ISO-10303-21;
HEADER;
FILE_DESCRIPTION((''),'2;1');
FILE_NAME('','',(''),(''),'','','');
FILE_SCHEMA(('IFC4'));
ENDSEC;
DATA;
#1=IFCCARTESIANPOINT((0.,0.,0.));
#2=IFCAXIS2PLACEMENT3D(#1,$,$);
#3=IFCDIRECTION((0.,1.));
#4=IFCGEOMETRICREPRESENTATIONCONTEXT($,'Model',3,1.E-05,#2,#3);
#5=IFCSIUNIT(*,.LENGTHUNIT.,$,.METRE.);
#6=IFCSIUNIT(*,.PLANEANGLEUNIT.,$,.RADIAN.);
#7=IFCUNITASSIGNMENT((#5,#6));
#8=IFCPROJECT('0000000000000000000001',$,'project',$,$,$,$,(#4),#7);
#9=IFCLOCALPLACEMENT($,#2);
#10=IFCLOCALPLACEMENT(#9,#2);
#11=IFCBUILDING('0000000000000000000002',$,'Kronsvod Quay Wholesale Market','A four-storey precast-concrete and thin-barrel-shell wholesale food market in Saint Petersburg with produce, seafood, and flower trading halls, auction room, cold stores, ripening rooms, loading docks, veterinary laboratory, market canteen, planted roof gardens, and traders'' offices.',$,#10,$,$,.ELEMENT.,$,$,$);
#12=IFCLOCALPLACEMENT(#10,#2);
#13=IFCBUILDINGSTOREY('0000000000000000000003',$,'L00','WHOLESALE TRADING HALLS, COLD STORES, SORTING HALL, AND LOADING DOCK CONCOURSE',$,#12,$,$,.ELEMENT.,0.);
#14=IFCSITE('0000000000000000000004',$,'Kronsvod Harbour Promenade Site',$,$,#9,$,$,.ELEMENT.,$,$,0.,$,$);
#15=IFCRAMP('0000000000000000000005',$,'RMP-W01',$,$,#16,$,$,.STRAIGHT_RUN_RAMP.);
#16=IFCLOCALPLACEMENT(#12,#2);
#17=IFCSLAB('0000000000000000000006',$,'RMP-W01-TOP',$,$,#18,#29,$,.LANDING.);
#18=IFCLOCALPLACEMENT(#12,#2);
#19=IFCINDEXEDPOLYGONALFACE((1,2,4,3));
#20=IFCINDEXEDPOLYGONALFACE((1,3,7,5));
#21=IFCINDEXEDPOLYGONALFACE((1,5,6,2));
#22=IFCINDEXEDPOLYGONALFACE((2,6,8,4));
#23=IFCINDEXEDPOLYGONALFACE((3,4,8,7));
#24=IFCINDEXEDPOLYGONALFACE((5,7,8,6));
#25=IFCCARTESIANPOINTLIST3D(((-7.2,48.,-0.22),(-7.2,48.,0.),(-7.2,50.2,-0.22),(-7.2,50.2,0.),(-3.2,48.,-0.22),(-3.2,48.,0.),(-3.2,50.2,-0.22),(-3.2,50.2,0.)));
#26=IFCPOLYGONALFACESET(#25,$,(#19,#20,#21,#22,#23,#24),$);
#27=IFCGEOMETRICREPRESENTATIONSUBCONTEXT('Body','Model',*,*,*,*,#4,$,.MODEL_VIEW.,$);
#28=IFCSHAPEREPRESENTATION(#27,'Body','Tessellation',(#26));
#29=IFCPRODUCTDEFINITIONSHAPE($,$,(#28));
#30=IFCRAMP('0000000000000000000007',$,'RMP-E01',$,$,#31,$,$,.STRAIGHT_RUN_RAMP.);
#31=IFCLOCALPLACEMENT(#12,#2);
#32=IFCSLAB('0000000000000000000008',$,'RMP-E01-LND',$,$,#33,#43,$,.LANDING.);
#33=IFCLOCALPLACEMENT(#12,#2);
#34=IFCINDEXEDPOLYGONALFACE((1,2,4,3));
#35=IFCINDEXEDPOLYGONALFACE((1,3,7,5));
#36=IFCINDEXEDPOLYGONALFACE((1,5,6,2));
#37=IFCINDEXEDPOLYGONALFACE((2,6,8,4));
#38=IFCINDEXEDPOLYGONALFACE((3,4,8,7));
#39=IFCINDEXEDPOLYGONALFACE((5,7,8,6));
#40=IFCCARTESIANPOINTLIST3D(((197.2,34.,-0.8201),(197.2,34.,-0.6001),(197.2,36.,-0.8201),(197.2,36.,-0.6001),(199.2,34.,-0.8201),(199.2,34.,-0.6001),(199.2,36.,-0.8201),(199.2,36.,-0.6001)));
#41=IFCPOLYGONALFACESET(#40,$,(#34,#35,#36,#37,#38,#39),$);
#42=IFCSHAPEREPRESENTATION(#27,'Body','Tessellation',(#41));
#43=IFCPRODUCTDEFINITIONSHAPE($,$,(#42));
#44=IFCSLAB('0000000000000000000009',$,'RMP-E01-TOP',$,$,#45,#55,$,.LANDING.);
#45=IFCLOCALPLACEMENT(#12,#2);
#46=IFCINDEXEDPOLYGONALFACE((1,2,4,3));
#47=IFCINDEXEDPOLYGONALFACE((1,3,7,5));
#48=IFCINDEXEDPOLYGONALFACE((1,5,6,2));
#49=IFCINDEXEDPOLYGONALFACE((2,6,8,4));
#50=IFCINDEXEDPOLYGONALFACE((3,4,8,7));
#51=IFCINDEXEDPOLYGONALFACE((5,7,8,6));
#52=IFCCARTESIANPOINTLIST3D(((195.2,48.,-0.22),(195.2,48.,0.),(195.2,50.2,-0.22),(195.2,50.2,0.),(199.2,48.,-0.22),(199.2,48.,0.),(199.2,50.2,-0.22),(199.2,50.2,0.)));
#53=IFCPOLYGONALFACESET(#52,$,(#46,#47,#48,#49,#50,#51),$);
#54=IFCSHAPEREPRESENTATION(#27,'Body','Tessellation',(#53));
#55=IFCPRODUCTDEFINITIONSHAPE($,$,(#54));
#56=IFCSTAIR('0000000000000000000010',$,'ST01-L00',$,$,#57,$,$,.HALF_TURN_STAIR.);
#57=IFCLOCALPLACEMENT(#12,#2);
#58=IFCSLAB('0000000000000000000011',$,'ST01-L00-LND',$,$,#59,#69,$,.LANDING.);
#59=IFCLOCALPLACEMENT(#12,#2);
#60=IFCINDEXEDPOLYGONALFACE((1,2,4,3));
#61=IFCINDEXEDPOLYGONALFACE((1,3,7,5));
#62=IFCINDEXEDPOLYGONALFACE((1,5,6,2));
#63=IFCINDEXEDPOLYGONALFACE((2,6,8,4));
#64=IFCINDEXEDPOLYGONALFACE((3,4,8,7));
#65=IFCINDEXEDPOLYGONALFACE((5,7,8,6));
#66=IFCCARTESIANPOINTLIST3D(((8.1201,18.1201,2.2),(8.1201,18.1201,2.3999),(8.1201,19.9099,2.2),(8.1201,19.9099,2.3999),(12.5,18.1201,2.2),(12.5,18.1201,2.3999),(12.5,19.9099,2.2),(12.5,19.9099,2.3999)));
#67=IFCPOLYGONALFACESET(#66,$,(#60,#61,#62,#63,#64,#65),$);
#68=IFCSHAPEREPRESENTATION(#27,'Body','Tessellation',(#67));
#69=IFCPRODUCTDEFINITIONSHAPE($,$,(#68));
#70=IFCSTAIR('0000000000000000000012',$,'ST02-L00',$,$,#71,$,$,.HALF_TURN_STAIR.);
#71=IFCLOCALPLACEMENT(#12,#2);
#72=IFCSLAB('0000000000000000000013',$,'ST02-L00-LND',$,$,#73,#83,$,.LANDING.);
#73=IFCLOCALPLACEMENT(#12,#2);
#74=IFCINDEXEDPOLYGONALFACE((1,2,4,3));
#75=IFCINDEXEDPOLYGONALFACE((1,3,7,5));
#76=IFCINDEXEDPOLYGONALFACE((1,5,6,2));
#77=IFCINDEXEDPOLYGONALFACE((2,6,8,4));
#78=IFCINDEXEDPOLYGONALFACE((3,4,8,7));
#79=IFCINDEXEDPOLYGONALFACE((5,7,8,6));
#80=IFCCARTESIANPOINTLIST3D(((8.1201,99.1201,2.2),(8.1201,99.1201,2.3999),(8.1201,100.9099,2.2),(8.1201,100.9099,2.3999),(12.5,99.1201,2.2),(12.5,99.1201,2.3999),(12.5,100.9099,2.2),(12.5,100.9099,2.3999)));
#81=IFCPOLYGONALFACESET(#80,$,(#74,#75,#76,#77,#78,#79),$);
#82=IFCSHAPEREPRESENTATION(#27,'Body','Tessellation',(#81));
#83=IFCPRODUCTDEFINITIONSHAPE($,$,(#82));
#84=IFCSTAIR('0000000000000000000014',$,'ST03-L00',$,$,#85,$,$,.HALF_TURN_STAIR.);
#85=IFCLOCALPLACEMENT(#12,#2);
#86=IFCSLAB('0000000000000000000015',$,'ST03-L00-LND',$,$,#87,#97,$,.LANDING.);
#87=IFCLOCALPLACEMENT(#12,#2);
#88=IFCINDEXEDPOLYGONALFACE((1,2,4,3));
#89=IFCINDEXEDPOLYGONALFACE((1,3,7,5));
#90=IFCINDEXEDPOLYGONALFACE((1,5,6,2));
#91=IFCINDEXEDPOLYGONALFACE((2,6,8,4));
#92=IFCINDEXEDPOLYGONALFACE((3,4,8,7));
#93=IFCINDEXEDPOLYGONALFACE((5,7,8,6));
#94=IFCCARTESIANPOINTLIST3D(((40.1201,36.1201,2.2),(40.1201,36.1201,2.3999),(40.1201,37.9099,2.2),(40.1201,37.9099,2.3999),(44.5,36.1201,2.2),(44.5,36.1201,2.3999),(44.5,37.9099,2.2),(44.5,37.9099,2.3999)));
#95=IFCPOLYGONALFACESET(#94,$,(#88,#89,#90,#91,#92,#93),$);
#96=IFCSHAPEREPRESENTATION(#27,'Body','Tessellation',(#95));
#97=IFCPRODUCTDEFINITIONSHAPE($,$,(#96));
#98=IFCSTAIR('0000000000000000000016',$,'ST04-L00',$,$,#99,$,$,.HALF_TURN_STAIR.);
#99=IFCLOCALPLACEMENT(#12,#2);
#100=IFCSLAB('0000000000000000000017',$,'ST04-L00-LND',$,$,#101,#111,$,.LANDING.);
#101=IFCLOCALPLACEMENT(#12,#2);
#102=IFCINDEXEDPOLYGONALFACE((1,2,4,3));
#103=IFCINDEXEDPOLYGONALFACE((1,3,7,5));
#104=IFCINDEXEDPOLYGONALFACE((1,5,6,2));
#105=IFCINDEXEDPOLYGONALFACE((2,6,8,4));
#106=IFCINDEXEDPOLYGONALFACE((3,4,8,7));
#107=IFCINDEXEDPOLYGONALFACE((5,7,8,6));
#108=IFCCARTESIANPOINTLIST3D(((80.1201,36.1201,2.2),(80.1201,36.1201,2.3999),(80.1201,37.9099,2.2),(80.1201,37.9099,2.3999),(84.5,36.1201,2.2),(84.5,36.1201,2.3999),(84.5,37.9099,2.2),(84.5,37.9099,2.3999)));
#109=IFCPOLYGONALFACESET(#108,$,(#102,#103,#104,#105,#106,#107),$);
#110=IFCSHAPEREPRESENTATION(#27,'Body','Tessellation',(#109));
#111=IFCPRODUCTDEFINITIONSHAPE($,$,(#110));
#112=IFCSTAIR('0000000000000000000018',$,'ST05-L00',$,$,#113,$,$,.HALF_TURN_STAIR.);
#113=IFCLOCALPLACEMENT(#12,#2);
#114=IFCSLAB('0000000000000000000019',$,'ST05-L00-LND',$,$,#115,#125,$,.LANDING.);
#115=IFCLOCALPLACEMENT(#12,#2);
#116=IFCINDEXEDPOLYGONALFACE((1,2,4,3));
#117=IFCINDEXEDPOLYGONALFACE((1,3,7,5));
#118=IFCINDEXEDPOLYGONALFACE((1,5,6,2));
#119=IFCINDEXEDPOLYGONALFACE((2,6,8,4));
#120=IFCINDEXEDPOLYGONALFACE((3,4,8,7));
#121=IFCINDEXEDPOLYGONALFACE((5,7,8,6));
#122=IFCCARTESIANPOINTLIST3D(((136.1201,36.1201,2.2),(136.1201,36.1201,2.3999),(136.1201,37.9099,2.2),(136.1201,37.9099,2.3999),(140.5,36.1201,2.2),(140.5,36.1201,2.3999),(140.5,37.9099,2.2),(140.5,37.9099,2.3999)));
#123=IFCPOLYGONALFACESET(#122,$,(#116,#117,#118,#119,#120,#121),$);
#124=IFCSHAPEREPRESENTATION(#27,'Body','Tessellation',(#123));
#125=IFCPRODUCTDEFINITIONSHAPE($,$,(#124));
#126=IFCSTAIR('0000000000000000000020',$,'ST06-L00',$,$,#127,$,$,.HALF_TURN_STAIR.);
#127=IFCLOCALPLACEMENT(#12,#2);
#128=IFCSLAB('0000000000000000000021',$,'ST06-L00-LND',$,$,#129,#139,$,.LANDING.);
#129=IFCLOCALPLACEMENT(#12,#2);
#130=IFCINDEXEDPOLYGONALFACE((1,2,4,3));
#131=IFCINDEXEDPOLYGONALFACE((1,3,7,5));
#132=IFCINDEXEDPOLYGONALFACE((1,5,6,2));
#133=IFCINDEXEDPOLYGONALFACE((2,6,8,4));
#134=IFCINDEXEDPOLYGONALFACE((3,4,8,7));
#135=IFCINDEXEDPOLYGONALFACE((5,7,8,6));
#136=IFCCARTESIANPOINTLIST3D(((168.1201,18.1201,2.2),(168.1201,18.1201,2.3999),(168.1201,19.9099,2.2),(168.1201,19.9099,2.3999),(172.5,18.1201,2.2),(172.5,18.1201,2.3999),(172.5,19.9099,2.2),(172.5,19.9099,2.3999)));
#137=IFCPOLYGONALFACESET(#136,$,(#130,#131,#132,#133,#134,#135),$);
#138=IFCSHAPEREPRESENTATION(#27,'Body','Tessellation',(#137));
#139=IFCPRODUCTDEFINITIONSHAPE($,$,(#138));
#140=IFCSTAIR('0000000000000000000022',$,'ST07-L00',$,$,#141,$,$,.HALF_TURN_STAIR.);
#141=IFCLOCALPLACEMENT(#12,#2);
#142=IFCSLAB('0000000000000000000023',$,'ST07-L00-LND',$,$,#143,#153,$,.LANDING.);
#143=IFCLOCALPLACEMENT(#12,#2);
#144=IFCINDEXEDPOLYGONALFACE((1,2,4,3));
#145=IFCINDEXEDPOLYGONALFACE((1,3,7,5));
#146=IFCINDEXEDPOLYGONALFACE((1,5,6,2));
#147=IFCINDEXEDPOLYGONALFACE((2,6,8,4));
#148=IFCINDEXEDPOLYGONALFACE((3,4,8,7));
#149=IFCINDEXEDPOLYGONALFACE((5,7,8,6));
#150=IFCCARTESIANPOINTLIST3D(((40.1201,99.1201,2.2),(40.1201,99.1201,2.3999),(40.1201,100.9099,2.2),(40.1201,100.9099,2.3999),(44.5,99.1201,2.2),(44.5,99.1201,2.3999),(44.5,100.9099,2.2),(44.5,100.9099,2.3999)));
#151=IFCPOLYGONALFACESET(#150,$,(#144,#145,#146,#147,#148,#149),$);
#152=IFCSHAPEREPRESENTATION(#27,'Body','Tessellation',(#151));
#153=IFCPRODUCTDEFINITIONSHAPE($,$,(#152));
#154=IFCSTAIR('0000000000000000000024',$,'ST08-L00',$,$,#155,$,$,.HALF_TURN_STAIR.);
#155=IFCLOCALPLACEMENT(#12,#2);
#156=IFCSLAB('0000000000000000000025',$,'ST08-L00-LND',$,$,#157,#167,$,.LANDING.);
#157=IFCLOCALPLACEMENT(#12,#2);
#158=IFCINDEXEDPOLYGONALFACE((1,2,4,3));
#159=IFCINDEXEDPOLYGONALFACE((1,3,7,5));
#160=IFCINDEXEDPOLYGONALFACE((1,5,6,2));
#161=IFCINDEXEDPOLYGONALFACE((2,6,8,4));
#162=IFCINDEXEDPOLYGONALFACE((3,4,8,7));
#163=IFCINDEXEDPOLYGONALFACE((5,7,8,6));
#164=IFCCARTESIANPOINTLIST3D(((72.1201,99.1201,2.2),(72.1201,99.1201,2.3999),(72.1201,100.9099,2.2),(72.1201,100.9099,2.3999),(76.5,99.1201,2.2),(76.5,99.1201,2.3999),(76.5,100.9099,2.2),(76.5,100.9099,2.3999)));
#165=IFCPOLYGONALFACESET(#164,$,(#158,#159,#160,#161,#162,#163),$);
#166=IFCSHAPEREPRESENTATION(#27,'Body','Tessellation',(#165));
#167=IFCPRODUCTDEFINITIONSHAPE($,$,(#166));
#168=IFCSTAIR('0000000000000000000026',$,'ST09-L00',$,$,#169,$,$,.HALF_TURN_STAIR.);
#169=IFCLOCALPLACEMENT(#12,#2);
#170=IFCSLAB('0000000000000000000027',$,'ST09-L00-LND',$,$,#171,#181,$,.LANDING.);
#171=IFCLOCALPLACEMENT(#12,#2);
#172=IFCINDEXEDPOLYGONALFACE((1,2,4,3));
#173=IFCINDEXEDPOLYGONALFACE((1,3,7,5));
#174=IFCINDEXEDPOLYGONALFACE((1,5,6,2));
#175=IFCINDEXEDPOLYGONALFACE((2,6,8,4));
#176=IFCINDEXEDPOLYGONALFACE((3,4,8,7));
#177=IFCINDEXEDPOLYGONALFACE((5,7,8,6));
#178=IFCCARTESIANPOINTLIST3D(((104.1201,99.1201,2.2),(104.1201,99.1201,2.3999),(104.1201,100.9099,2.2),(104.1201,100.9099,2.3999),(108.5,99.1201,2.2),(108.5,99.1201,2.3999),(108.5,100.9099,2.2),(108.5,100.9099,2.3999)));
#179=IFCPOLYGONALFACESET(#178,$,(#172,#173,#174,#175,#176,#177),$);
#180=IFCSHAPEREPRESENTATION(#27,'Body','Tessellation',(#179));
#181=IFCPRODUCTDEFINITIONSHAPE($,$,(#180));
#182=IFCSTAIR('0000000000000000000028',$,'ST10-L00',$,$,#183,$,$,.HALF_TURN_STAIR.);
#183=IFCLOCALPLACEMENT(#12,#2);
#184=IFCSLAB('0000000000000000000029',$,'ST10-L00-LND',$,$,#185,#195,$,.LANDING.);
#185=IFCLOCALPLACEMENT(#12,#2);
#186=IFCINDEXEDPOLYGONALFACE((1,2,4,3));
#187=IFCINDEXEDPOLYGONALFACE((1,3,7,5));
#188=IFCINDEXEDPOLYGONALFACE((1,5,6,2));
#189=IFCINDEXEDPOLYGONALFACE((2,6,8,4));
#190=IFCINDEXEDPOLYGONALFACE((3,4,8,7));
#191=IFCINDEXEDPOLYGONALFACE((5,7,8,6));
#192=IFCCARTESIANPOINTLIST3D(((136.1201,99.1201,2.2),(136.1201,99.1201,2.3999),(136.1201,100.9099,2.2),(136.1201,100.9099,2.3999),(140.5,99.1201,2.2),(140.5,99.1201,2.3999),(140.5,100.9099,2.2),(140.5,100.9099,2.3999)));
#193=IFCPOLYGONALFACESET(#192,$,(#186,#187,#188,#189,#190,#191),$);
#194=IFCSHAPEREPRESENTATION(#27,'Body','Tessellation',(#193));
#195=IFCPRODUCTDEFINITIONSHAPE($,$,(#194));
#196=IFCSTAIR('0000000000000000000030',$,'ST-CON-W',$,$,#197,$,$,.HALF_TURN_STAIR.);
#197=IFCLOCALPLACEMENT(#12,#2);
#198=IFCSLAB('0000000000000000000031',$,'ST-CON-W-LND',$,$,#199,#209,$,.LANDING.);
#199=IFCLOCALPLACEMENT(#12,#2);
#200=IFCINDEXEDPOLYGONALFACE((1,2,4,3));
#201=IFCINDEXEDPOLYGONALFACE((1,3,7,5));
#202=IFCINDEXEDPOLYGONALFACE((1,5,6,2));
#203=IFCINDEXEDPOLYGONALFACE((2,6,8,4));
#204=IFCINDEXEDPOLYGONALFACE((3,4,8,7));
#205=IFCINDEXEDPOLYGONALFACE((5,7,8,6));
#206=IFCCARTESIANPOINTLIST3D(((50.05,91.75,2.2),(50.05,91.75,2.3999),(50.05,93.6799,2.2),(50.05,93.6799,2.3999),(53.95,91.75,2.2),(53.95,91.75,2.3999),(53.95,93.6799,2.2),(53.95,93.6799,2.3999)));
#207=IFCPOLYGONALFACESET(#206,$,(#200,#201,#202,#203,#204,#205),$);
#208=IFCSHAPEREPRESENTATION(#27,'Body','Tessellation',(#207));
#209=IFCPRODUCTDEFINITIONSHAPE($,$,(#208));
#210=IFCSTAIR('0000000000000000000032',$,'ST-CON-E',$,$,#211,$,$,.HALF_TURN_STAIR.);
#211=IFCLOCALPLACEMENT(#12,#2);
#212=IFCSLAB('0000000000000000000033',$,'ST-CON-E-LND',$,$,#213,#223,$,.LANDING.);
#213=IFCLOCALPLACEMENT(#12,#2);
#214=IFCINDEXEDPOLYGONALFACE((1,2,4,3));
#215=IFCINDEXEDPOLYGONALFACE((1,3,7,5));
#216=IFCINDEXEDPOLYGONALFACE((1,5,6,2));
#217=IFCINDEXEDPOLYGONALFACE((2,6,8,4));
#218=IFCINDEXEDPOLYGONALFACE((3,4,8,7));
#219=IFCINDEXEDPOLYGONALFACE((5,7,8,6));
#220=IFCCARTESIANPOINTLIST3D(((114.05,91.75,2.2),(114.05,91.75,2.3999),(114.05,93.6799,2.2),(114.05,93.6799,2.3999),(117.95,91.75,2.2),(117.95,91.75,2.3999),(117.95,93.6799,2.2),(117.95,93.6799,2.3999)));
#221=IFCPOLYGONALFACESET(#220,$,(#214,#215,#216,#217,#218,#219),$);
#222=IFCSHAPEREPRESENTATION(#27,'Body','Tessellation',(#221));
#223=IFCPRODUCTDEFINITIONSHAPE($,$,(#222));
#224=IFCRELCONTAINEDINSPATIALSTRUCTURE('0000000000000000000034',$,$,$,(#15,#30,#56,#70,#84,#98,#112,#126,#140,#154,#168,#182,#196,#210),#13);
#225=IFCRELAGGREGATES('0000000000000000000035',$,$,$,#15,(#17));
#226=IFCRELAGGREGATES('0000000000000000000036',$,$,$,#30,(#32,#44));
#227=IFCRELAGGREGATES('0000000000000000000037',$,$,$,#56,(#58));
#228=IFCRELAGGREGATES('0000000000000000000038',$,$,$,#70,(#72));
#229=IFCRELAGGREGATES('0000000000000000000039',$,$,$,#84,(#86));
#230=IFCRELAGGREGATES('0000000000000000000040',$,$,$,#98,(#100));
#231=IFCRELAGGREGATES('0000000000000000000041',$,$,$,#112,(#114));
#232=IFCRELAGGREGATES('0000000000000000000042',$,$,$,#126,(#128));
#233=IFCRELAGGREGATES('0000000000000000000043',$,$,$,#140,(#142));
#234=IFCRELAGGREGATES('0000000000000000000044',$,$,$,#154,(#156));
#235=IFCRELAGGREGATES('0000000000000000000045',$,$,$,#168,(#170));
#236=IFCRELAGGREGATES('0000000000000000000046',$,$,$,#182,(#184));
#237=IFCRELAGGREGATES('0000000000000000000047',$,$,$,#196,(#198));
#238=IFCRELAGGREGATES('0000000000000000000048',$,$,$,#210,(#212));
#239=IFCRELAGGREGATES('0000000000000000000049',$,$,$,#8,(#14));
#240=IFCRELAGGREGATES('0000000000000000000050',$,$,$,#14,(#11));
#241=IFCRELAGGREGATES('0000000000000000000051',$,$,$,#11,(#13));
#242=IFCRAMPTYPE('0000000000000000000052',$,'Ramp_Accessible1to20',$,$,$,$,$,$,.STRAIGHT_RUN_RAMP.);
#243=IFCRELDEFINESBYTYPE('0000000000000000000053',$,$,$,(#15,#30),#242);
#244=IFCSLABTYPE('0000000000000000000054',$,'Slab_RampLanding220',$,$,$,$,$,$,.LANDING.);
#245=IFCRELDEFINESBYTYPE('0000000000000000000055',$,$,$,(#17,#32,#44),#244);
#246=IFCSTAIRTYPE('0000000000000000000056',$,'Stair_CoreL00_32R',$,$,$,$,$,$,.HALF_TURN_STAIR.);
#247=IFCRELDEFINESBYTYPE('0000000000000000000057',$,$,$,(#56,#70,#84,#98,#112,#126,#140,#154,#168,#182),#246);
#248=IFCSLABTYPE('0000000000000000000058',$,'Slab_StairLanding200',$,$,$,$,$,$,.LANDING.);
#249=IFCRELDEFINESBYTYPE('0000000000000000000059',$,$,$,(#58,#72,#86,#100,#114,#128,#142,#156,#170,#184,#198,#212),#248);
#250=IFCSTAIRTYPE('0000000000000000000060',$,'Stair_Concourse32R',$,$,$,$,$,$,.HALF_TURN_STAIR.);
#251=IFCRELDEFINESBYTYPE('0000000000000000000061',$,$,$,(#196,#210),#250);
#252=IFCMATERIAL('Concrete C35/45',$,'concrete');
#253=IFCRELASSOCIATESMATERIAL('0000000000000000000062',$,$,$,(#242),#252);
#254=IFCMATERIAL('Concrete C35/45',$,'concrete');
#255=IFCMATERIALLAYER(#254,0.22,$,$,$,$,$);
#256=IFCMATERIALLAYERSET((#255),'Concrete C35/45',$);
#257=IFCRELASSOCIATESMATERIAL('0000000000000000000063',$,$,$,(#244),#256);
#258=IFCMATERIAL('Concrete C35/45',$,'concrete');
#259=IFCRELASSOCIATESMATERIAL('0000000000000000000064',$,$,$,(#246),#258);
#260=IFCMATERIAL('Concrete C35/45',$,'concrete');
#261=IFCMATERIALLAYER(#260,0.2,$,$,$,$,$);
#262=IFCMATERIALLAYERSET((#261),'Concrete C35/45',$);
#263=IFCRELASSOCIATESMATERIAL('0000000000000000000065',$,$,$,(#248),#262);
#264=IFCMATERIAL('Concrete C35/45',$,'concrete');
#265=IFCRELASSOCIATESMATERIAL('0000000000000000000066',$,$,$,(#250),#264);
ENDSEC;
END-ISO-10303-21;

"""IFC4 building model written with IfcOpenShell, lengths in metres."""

from ifc_helpers import new_model, si_unit, direction, frame, origin, place, context, subcontext, project, spatial, polyline, outline, extrude, material, layer, layer_set, type_object, element, aggregate, save


model = new_model("IFC4")

# Units and contexts
model_context = context("Model", 3, precision=1e-05, world=origin(), true_north=direction((0.0, 1.0)))
body_context = subcontext(model_context, "Body", "Model", "MODEL_VIEW")
ifc_project = project(units=[si_unit("LENGTHUNIT", "METRE"), si_unit("PLANEANGLEUNIT", "RADIAN")], contexts=[model_context])

# Site, building, storey
site_placement = place(None, origin())
site = spatial("IfcSite", under=ifc_project, at=site_placement, Name="Kronsvod Harbour Promenade Site", CompositionType="ELEMENT", RefElevation=0.0)
building_placement = place(site_placement, origin())
building = spatial("IfcBuilding", under=site, at=building_placement, Name="Kronsvod Quay Wholesale Market", Description="A four-storey precast-concrete and thin-barrel-shell wholesale food market in Saint Petersburg with produce, seafood, and flower trading halls, auction room, cold stores, ripening rooms, loading docks, veterinary laboratory, market canteen, planted roof gardens, and traders' offices.", CompositionType="ELEMENT")
storey_placement = place(building_placement, origin())
storey = spatial("IfcBuildingStorey", under=building, at=storey_placement, Name="L00", Description="WHOLESALE TRADING HALLS, COLD STORES, SORTING HALL, AND LOADING DOCK CONCOURSE", CompositionType="ELEMENT", Elevation=0.0)

# Shared definitions
ifc_material_1 = material(Name="Concrete C35/45", Category="concrete")
ramp_type = type_object("IfcRampType", Name="Ramp_Accessible1to20", PredefinedType="STRAIGHT_RUN_RAMP", material=ifc_material_1)
ifc_material_2 = material(Name="Concrete C35/45", Category="concrete")
ifc_layer_1 = layer(ifc_material_2, 0.22)
ifc_layer_set_1 = layer_set([ifc_layer_1], Name="Concrete C35/45")
slab_type_1 = type_object("IfcSlabType", Name="Slab_RampLanding220", PredefinedType="LANDING", material=ifc_layer_set_1)

# Ramps, slabs
ramp_1_placement = place(storey_placement, origin())
ramp_1 = element("IfcRamp", 1, at=ramp_1_placement, inside=storey, type_object=ramp_type, Name="RMP-W01", PredefinedType="STRAIGHT_RUN_RAMP")
slab_1_placement = place(storey_placement, frame((0.0, 0.0, -0.22)))
slab_1 = element("IfcSlab", 2, at=slab_1_placement, type_object=slab_type_1, Name="RMP-W01-TOP", PredefinedType="LANDING", context=body_context, shape_type="SweptSolid", body=[
    extrude(outline(polyline([(-7.2, 48.0), (-3.2, 48.0), (-3.2, 50.2), (-7.2, 50.2), (-7.2, 48.0)])), origin(), (0.0, 0.0, 1.0), 0.22),
])
aggregate(ramp_1, [slab_1])
ramp_2_placement = place(storey_placement, origin())
ramp_2 = element("IfcRamp", 3, at=ramp_2_placement, inside=storey, type_object=ramp_type, Name="RMP-E01", PredefinedType="STRAIGHT_RUN_RAMP")
slab_2_placement = place(storey_placement, frame((0.0, 0.0, -0.8201)))
slab_2 = element("IfcSlab", 4, at=slab_2_placement, type_object=slab_type_1, Name="RMP-E01-LND", PredefinedType="LANDING", context=body_context, shape_type="SweptSolid", body=[
    extrude(outline(polyline([(199.2, 34.0), (199.2, 36.0), (197.2, 36.0), (197.2, 34.0), (199.2, 34.0)])), origin(), (0.0, 0.0, 1.0), 0.22),
])
slab_3_placement = place(storey_placement, frame((0.0, 0.0, -0.22)))
slab_3 = element("IfcSlab", 5, at=slab_3_placement, type_object=slab_type_1, Name="RMP-E01-TOP", PredefinedType="LANDING", context=body_context, shape_type="SweptSolid", body=[
    extrude(outline(polyline([(195.2, 48.0), (199.2, 48.0), (199.2, 50.2), (195.2, 50.2), (195.2, 48.0)])), origin(), (0.0, 0.0, 1.0), 0.22),
])
aggregate(ramp_2, [slab_2, slab_3])

# Stairs, slabs
ifc_material_3 = material(Name="Concrete C35/45", Category="concrete")
stair_type_1 = type_object("IfcStairType", Name="Stair_CoreL00_32R", PredefinedType="HALF_TURN_STAIR", material=ifc_material_3)
stair_1_placement = place(storey_placement, origin())
stair_1 = element("IfcStair", 6, at=stair_1_placement, inside=storey, type_object=stair_type_1, Name="ST01-L00", PredefinedType="HALF_TURN_STAIR")
ifc_material_4 = material(Name="Concrete C35/45", Category="concrete")
ifc_layer_2 = layer(ifc_material_4, 0.2)
ifc_layer_set_2 = layer_set([ifc_layer_2], Name="Concrete C35/45")
slab_type_2 = type_object("IfcSlabType", Name="Slab_StairLanding200", PredefinedType="LANDING", material=ifc_layer_set_2)
slab_4_placement = place(storey_placement, frame((0.0, 0.0, 2.2)))
slab_4 = element("IfcSlab", 7, at=slab_4_placement, type_object=slab_type_2, Name="ST01-L00-LND", PredefinedType="LANDING", context=body_context, shape_type="SweptSolid", body=[
    extrude(outline(polyline([(8.1201, 18.1201), (12.5, 18.1201), (12.5, 19.9099), (8.1201, 19.9099), (8.1201, 18.1201)])), origin(), (0.0, 0.0, 1.0), 0.2),
])
aggregate(stair_1, [slab_4])
stair_2_placement = place(storey_placement, origin())
stair_2 = element("IfcStair", 8, at=stair_2_placement, inside=storey, type_object=stair_type_1, Name="ST02-L00", PredefinedType="HALF_TURN_STAIR")
slab_5_placement = place(storey_placement, frame((0.0, 0.0, 2.2)))
slab_5 = element("IfcSlab", 9, at=slab_5_placement, type_object=slab_type_2, Name="ST02-L00-LND", PredefinedType="LANDING", context=body_context, shape_type="SweptSolid", body=[
    extrude(outline(polyline([(8.1201, 99.1201), (12.5, 99.1201), (12.5, 100.9099), (8.1201, 100.9099), (8.1201, 99.1201)])), origin(), (0.0, 0.0, 1.0), 0.2),
])
aggregate(stair_2, [slab_5])
stair_3_placement = place(storey_placement, origin())
stair_3 = element("IfcStair", 10, at=stair_3_placement, inside=storey, type_object=stair_type_1, Name="ST03-L00", PredefinedType="HALF_TURN_STAIR")
slab_6_placement = place(storey_placement, frame((0.0, 0.0, 2.2)))
slab_6 = element("IfcSlab", 11, at=slab_6_placement, type_object=slab_type_2, Name="ST03-L00-LND", PredefinedType="LANDING", context=body_context, shape_type="SweptSolid", body=[
    extrude(outline(polyline([(40.1201, 36.1201), (44.5, 36.1201), (44.5, 37.9099), (40.1201, 37.9099), (40.1201, 36.1201)])), origin(), (0.0, 0.0, 1.0), 0.2),
])
aggregate(stair_3, [slab_6])
stair_4_placement = place(storey_placement, origin())
stair_4 = element("IfcStair", 12, at=stair_4_placement, inside=storey, type_object=stair_type_1, Name="ST04-L00", PredefinedType="HALF_TURN_STAIR")
slab_7_placement = place(storey_placement, frame((0.0, 0.0, 2.2)))
slab_7 = element("IfcSlab", 13, at=slab_7_placement, type_object=slab_type_2, Name="ST04-L00-LND", PredefinedType="LANDING", context=body_context, shape_type="SweptSolid", body=[
    extrude(outline(polyline([(80.1201, 36.1201), (84.5, 36.1201), (84.5, 37.9099), (80.1201, 37.9099), (80.1201, 36.1201)])), origin(), (0.0, 0.0, 1.0), 0.2),
])
aggregate(stair_4, [slab_7])
stair_5_placement = place(storey_placement, origin())
stair_5 = element("IfcStair", 14, at=stair_5_placement, inside=storey, type_object=stair_type_1, Name="ST05-L00", PredefinedType="HALF_TURN_STAIR")
slab_8_placement = place(storey_placement, frame((0.0, 0.0, 2.2)))
slab_8 = element("IfcSlab", 15, at=slab_8_placement, type_object=slab_type_2, Name="ST05-L00-LND", PredefinedType="LANDING", context=body_context, shape_type="SweptSolid", body=[
    extrude(outline(polyline([(136.1201, 36.1201), (140.5, 36.1201), (140.5, 37.9099), (136.1201, 37.9099), (136.1201, 36.1201)])), origin(), (0.0, 0.0, 1.0), 0.2),
])
aggregate(stair_5, [slab_8])
stair_6_placement = place(storey_placement, origin())
stair_6 = element("IfcStair", 16, at=stair_6_placement, inside=storey, type_object=stair_type_1, Name="ST06-L00", PredefinedType="HALF_TURN_STAIR")
slab_9_placement = place(storey_placement, frame((0.0, 0.0, 2.2)))
slab_9 = element("IfcSlab", 17, at=slab_9_placement, type_object=slab_type_2, Name="ST06-L00-LND", PredefinedType="LANDING", context=body_context, shape_type="SweptSolid", body=[
    extrude(outline(polyline([(168.1201, 18.1201), (172.5, 18.1201), (172.5, 19.9099), (168.1201, 19.9099), (168.1201, 18.1201)])), origin(), (0.0, 0.0, 1.0), 0.2),
])
aggregate(stair_6, [slab_9])
stair_7_placement = place(storey_placement, origin())
stair_7 = element("IfcStair", 18, at=stair_7_placement, inside=storey, type_object=stair_type_1, Name="ST07-L00", PredefinedType="HALF_TURN_STAIR")
slab_10_placement = place(storey_placement, frame((0.0, 0.0, 2.2)))
slab_10 = element("IfcSlab", 19, at=slab_10_placement, type_object=slab_type_2, Name="ST07-L00-LND", PredefinedType="LANDING", context=body_context, shape_type="SweptSolid", body=[
    extrude(outline(polyline([(40.1201, 99.1201), (44.5, 99.1201), (44.5, 100.9099), (40.1201, 100.9099), (40.1201, 99.1201)])), origin(), (0.0, 0.0, 1.0), 0.2),
])
aggregate(stair_7, [slab_10])
stair_8_placement = place(storey_placement, origin())
stair_8 = element("IfcStair", 20, at=stair_8_placement, inside=storey, type_object=stair_type_1, Name="ST08-L00", PredefinedType="HALF_TURN_STAIR")
slab_11_placement = place(storey_placement, frame((0.0, 0.0, 2.2)))
slab_11 = element("IfcSlab", 21, at=slab_11_placement, type_object=slab_type_2, Name="ST08-L00-LND", PredefinedType="LANDING", context=body_context, shape_type="SweptSolid", body=[
    extrude(outline(polyline([(72.1201, 99.1201), (76.5, 99.1201), (76.5, 100.9099), (72.1201, 100.9099), (72.1201, 99.1201)])), origin(), (0.0, 0.0, 1.0), 0.2),
])
aggregate(stair_8, [slab_11])
stair_9_placement = place(storey_placement, origin())
stair_9 = element("IfcStair", 22, at=stair_9_placement, inside=storey, type_object=stair_type_1, Name="ST09-L00", PredefinedType="HALF_TURN_STAIR")
slab_12_placement = place(storey_placement, frame((0.0, 0.0, 2.2)))
slab_12 = element("IfcSlab", 23, at=slab_12_placement, type_object=slab_type_2, Name="ST09-L00-LND", PredefinedType="LANDING", context=body_context, shape_type="SweptSolid", body=[
    extrude(outline(polyline([(104.1201, 99.1201), (108.5, 99.1201), (108.5, 100.9099), (104.1201, 100.9099), (104.1201, 99.1201)])), origin(), (0.0, 0.0, 1.0), 0.2),
])
aggregate(stair_9, [slab_12])
stair_10_placement = place(storey_placement, origin())
stair_10 = element("IfcStair", 24, at=stair_10_placement, inside=storey, type_object=stair_type_1, Name="ST10-L00", PredefinedType="HALF_TURN_STAIR")
slab_13_placement = place(storey_placement, frame((0.0, 0.0, 2.2)))
slab_13 = element("IfcSlab", 25, at=slab_13_placement, type_object=slab_type_2, Name="ST10-L00-LND", PredefinedType="LANDING", context=body_context, shape_type="SweptSolid", body=[
    extrude(outline(polyline([(136.1201, 99.1201), (140.5, 99.1201), (140.5, 100.9099), (136.1201, 100.9099), (136.1201, 99.1201)])), origin(), (0.0, 0.0, 1.0), 0.2),
])
aggregate(stair_10, [slab_13])
ifc_material_5 = material(Name="Concrete C35/45", Category="concrete")
stair_type_2 = type_object("IfcStairType", Name="Stair_Concourse32R", PredefinedType="HALF_TURN_STAIR", material=ifc_material_5)
stair_11_placement = place(storey_placement, origin())
stair_11 = element("IfcStair", 26, at=stair_11_placement, inside=storey, type_object=stair_type_2, Name="ST-CON-W", PredefinedType="HALF_TURN_STAIR")
slab_14_placement = place(storey_placement, frame((0.0, 0.0, 2.2)))
slab_14 = element("IfcSlab", 27, at=slab_14_placement, type_object=slab_type_2, Name="ST-CON-W-LND", PredefinedType="LANDING", context=body_context, shape_type="SweptSolid", body=[
    extrude(outline(polyline([(50.05, 91.75), (53.95, 91.75), (53.95, 93.6799), (50.05, 93.6799), (50.05, 91.75)])), origin(), (0.0, 0.0, 1.0), 0.2),
])
aggregate(stair_11, [slab_14])
stair_12_placement = place(storey_placement, origin())
stair_12 = element("IfcStair", 28, at=stair_12_placement, inside=storey, type_object=stair_type_2, Name="ST-CON-E", PredefinedType="HALF_TURN_STAIR")
slab_15_placement = place(storey_placement, frame((0.0, 0.0, 2.2)))
slab_15 = element("IfcSlab", 29, at=slab_15_placement, type_object=slab_type_2, Name="ST-CON-E-LND", PredefinedType="LANDING", context=body_context, shape_type="SweptSolid", body=[
    extrude(outline(polyline([(114.05, 91.75), (117.95, 91.75), (117.95, 93.6799), (114.05, 93.6799), (114.05, 91.75)])), origin(), (0.0, 0.0, 1.0), 0.2),
])
aggregate(stair_12, [slab_15])

save(model, "model.ifc")
